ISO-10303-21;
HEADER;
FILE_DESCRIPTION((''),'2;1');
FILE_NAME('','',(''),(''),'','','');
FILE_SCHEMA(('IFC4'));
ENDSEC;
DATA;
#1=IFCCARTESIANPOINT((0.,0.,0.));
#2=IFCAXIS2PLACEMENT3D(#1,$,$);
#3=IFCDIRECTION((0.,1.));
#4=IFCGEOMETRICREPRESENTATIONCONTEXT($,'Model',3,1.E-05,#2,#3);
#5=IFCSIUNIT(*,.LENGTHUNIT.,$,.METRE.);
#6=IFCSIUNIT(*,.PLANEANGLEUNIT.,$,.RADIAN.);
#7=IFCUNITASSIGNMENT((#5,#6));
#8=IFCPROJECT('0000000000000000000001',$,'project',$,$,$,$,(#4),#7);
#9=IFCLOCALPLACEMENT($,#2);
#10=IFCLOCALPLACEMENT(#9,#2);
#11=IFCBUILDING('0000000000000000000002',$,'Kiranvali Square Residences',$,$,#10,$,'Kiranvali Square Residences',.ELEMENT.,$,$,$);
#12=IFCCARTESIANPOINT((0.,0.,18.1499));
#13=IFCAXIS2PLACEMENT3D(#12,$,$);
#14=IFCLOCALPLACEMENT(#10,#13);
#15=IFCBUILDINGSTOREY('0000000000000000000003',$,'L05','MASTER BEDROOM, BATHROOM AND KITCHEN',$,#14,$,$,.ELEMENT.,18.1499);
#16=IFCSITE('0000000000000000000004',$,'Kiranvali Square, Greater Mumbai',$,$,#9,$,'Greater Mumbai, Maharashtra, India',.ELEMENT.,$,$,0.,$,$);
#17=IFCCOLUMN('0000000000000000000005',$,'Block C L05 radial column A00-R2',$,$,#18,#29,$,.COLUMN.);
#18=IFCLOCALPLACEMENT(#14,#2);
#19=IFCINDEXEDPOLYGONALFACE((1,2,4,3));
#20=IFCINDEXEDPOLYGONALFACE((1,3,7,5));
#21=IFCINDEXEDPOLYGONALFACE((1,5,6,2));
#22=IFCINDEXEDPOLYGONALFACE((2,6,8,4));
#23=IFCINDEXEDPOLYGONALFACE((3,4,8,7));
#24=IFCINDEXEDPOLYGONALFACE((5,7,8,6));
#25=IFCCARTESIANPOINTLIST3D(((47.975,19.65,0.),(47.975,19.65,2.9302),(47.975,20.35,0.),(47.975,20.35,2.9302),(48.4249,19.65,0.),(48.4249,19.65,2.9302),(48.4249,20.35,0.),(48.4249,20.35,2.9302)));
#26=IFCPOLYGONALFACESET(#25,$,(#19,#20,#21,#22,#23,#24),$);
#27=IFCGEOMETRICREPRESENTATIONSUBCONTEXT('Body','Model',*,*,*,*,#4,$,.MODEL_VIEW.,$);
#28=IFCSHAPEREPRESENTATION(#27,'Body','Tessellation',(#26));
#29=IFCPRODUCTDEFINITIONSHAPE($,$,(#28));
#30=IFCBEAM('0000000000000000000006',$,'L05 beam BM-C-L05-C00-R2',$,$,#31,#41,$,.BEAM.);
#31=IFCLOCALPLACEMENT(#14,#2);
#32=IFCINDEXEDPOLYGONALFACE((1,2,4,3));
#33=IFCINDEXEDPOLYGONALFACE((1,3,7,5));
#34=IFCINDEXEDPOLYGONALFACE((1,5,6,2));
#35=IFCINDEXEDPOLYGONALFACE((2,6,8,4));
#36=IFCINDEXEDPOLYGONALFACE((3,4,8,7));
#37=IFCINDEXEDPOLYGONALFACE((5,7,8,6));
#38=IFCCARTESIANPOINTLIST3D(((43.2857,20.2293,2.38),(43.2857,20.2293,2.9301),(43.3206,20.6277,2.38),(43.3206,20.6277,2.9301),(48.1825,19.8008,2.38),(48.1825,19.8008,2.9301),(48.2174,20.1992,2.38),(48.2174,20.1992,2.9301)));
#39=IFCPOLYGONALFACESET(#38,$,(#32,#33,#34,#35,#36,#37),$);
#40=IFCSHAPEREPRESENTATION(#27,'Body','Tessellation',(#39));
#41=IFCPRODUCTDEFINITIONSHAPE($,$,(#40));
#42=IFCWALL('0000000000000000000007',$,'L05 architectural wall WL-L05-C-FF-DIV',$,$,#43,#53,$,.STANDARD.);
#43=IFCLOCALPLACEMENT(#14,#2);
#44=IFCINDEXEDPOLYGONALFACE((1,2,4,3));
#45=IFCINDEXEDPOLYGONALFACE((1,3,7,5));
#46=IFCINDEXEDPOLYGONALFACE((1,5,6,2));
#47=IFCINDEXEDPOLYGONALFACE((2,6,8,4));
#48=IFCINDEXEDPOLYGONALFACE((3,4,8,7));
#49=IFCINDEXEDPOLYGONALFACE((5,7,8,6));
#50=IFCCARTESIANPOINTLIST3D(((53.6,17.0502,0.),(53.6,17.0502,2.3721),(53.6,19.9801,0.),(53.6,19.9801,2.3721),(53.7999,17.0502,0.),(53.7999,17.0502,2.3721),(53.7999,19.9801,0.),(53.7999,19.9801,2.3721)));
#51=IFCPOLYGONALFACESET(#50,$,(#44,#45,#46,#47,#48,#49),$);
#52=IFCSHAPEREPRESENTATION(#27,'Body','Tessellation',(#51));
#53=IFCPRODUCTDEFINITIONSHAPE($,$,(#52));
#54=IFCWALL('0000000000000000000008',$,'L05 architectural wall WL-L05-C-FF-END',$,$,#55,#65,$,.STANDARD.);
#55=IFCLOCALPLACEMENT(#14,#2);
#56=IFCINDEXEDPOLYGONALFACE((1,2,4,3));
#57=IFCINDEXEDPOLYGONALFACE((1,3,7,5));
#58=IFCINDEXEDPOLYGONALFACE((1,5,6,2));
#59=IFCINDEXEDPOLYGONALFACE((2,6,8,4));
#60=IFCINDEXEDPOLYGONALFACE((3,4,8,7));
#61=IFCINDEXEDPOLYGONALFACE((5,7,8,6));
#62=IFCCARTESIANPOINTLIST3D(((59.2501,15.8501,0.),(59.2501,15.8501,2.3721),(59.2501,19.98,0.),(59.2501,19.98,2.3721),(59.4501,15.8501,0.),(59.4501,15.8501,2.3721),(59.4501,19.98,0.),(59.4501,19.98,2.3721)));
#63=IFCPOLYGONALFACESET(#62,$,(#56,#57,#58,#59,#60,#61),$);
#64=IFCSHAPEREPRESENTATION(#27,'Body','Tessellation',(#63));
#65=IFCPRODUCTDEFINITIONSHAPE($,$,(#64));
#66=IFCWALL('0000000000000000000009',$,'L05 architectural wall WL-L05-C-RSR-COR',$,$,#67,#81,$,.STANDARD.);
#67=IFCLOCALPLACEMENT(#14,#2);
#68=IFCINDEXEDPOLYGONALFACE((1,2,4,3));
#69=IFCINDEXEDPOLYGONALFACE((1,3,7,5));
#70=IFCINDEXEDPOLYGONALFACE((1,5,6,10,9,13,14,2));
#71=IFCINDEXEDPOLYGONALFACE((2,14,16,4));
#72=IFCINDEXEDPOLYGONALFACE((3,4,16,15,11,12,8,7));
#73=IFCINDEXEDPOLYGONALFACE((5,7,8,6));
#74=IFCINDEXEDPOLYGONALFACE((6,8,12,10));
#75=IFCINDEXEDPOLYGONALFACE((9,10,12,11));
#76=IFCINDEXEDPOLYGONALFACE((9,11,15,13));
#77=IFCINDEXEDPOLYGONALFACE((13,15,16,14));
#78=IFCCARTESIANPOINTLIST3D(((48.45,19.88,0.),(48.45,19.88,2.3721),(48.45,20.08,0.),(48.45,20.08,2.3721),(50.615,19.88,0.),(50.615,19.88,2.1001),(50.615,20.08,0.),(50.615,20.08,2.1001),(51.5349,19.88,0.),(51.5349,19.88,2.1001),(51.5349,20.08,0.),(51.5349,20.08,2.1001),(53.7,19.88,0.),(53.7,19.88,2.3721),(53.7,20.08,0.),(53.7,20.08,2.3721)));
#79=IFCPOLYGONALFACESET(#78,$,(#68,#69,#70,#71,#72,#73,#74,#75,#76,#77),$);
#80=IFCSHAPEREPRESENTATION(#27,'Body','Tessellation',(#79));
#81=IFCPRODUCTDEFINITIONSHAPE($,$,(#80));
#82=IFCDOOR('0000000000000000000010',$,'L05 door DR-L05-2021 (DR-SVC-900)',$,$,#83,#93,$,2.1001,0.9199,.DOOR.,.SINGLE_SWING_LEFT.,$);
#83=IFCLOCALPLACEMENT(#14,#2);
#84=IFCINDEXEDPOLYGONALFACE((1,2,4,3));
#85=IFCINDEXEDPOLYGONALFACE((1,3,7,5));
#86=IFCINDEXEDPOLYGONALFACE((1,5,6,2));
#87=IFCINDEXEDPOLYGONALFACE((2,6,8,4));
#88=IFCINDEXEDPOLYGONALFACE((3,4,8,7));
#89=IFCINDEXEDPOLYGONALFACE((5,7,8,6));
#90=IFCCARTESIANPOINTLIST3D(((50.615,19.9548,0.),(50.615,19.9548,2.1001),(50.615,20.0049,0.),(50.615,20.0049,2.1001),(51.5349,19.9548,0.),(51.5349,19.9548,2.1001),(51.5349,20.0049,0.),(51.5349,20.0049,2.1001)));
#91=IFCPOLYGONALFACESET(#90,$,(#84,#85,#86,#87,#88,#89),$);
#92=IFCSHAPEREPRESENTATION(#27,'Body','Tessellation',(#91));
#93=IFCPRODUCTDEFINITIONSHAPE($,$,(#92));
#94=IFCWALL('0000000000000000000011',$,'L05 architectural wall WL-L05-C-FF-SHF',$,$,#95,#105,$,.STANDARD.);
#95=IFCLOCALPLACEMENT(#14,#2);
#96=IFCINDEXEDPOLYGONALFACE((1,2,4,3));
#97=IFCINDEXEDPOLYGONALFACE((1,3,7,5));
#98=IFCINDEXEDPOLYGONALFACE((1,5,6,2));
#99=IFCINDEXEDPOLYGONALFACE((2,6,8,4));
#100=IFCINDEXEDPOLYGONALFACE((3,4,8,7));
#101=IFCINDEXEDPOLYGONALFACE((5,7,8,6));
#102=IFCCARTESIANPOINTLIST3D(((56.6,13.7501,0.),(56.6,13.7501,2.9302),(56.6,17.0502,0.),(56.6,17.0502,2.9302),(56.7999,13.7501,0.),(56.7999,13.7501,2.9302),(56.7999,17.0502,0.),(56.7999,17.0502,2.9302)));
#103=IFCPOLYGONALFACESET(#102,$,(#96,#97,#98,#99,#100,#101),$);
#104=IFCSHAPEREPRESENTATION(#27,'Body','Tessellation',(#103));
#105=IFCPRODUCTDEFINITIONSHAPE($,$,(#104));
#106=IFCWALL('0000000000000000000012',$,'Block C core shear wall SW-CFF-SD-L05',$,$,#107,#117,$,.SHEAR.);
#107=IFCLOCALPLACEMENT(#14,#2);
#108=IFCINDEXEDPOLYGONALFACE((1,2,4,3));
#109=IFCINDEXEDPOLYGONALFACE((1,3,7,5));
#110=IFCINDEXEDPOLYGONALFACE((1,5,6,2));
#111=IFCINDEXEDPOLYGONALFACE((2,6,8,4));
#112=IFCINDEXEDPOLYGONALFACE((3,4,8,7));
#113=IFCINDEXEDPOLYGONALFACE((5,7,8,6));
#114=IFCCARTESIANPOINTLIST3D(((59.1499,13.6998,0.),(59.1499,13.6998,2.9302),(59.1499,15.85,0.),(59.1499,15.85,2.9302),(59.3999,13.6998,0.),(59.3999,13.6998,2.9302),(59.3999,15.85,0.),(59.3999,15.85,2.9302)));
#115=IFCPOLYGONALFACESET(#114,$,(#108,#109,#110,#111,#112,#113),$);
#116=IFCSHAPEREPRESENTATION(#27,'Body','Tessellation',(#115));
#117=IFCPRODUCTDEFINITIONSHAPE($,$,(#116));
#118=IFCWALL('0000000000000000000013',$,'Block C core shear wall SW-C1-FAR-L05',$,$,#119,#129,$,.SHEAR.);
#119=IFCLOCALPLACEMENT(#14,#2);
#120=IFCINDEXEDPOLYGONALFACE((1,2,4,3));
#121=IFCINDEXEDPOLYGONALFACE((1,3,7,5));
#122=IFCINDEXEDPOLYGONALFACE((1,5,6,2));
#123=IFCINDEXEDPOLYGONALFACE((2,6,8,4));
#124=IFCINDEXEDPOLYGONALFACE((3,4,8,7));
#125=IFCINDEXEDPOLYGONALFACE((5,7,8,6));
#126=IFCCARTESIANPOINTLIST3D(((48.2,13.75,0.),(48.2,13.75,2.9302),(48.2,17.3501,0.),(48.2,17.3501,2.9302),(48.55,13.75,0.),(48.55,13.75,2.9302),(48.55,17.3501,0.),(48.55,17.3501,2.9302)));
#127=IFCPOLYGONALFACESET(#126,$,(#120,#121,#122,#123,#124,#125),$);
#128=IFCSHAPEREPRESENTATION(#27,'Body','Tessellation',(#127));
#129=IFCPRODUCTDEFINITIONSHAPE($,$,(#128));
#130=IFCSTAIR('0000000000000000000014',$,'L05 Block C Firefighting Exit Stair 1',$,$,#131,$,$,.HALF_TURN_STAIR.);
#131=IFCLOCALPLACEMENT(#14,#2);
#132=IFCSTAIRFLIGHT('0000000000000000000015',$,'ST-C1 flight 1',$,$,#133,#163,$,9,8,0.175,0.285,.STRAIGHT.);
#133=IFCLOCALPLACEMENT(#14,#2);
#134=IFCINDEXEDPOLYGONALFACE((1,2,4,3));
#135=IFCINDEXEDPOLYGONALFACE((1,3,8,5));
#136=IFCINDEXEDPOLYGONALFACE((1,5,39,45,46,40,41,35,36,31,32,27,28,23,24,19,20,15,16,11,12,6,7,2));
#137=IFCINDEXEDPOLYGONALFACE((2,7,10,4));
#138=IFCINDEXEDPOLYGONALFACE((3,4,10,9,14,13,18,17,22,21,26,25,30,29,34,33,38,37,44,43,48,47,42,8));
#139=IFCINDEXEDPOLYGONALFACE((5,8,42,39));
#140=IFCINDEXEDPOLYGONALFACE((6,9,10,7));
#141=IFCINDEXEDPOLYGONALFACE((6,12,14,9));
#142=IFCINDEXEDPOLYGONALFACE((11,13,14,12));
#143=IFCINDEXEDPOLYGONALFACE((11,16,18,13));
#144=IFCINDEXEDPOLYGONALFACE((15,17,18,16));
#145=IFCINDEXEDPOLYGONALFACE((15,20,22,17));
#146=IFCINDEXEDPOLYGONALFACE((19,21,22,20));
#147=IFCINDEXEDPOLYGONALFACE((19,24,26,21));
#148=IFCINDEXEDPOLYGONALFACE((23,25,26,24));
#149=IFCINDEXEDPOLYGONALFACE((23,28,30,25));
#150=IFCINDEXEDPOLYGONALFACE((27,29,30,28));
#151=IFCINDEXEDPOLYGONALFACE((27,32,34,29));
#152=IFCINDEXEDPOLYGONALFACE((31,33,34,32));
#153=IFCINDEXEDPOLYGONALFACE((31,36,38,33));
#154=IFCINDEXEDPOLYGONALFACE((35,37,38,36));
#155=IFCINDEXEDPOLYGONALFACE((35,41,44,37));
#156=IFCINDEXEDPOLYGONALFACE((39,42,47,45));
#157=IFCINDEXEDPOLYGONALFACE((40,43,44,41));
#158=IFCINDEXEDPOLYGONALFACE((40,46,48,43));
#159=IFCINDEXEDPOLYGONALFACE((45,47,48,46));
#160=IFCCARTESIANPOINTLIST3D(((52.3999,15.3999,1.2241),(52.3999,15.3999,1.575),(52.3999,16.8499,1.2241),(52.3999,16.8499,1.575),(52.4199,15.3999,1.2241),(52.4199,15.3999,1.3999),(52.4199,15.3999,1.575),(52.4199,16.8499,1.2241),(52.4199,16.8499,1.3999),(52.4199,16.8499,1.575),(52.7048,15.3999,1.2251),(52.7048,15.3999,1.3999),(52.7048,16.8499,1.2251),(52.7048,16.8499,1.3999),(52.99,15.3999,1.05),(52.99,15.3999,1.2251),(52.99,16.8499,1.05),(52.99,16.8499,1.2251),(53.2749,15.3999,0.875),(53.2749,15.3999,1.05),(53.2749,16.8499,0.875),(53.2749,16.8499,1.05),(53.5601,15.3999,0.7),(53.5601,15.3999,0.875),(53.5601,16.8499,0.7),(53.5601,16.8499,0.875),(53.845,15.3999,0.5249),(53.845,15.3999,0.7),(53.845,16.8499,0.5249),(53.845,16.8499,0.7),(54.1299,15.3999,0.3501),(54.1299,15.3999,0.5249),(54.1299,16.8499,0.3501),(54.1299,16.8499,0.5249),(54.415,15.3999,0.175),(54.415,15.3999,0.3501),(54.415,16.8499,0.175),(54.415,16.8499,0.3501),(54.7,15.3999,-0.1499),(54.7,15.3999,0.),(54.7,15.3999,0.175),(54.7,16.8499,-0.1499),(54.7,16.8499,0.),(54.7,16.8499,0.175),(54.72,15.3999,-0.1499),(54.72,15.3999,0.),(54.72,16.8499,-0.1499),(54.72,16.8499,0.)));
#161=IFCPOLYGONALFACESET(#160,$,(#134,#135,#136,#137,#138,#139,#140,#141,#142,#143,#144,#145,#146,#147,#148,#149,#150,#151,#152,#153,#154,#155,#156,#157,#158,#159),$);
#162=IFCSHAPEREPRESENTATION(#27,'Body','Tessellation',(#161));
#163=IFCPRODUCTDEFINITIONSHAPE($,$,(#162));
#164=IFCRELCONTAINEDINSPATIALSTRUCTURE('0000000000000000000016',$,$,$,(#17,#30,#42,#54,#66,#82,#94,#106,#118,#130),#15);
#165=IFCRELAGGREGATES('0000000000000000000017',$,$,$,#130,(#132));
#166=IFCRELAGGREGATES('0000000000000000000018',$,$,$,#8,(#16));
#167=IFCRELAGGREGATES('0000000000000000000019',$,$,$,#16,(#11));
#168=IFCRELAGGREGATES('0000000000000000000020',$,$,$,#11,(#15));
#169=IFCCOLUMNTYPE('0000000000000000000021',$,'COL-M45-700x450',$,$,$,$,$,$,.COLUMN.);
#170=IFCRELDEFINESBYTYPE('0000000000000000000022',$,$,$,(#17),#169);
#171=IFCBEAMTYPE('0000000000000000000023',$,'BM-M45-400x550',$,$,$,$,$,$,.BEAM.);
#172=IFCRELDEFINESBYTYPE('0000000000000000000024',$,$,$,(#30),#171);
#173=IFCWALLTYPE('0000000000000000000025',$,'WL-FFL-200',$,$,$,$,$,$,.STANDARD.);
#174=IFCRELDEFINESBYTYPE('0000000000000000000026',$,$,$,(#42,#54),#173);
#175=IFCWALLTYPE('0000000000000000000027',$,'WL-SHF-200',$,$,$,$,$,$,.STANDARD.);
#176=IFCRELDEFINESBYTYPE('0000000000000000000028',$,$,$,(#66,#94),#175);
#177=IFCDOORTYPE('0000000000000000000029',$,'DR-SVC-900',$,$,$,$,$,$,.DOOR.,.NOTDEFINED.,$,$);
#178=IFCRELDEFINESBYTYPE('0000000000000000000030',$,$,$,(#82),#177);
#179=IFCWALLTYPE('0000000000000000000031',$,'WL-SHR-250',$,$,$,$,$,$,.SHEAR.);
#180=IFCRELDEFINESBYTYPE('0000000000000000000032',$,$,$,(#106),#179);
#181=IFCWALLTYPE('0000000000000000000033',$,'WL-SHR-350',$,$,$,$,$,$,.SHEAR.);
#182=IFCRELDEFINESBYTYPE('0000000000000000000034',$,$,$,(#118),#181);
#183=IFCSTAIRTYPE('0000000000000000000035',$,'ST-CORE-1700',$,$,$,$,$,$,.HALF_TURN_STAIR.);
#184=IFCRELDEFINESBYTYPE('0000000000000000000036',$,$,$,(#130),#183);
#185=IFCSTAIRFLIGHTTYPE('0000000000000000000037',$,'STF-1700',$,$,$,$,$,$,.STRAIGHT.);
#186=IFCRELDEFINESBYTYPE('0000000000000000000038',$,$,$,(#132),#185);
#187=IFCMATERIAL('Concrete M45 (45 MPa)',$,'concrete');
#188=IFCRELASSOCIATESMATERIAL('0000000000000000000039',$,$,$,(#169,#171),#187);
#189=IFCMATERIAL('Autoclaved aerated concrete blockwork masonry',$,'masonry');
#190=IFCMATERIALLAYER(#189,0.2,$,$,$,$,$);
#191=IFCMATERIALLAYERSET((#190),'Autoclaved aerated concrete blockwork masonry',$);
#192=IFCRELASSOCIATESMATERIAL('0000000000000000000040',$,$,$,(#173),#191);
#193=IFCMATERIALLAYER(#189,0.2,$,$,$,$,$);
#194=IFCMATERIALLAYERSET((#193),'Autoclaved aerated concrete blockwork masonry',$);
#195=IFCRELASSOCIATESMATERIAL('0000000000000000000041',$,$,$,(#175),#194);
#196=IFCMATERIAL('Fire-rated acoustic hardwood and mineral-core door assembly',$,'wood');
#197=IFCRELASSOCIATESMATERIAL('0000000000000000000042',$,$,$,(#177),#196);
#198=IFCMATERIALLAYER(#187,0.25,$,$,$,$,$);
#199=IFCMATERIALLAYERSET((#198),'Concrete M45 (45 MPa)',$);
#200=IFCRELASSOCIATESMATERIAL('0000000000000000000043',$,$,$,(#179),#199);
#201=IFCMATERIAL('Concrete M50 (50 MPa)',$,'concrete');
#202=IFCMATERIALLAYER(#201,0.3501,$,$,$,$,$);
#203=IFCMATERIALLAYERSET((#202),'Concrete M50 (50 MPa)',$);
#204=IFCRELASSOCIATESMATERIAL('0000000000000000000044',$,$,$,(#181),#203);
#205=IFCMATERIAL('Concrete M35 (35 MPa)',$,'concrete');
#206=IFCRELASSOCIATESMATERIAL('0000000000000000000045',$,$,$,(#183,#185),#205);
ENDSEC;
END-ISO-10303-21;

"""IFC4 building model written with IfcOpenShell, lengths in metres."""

from ifc_helpers import new_model, si_unit, direction, frame, frame_2d, origin, origin_2d, place, context, subcontext, project, spatial, polyline, rectangle, outline, extrude, material, layer, layer_set, material_profile, profile_set, type_object, element, fill, aggregate, save


model = new_model("IFC4")

# Units and contexts
model_context = context("Model", 3, precision=1e-05, world=origin(), true_north=direction((0.0, 1.0)))
body_context = subcontext(model_context, "Body", "Model", "MODEL_VIEW")
ifc_project = project(units=[si_unit("LENGTHUNIT", "METRE"), si_unit("PLANEANGLEUNIT", "RADIAN")], contexts=[model_context])

# Site, building, storey
site_placement = place(None, origin())
site = spatial("IfcSite", under=ifc_project, at=site_placement, Name="Kiranvali Square, Greater Mumbai", LongName="Greater Mumbai, Maharashtra, India", CompositionType="ELEMENT", RefElevation=0.0)
building_placement = place(site_placement, origin())
building = spatial("IfcBuilding", under=site, at=building_placement, Name="Kiranvali Square Residences", LongName="Kiranvali Square Residences", CompositionType="ELEMENT")
storey_placement = place(building_placement, frame((0.0, 0.0, 18.1499)))
storey = spatial("IfcBuildingStorey", under=building, at=storey_placement, Name="L05", Description="MASTER BEDROOM, BATHROOM AND KITCHEN", CompositionType="ELEMENT", Elevation=18.1499)

# Column
ifc_material_1 = material(Name="Concrete M45 (45 MPa)", Category="concrete")
ifc_material_profile_1 = material_profile(ifc_material_1, rectangle(XDim=0.45, YDim=0.7, at=origin_2d()), Name="RC 700x450")
ifc_profile_set_1 = profile_set([ifc_material_profile_1], Name="Concrete M45 (45 MPa)")
column_type = type_object("IfcColumnType", Name="COL-M45-700x450", PredefinedType="COLUMN", material=ifc_profile_set_1)
column_placement = place(storey_placement, frame((48.2, 20.0, 0.0), z_axis=(0.0, 0.0, 1.0), x_axis=(1.0, 0.0, 0.0)))
element("IfcColumn", 1, at=column_placement, inside=storey, type_object=column_type, Name="Block C L05 radial column A00-R2", PredefinedType="COLUMN", context=body_context, shape_type="SweptSolid", body=[
    extrude(rectangle(XDim=0.45, YDim=0.7, at=origin_2d()), origin(), (0.0, 0.0, 1.0), 2.9302),
])

# Beam
ifc_material_profile_2 = material_profile(ifc_material_1, rectangle(XDim=0.3999, YDim=0.55, at=origin_2d()), Name="RC 400x550")
ifc_profile_set_2 = profile_set([ifc_material_profile_2], Name="Concrete M45 (45 MPa)")
beam_type = type_object("IfcBeamType", Name="BM-M45-400x550", PredefinedType="BEAM", material=ifc_profile_set_2)
beam_placement = place(storey_placement, frame((48.2, 20.0, 2.655), z_axis=(-0.996194, 0.087168, 0.0), x_axis=(-0.087168, -0.996194, 0.0)))
element("IfcBeam", 2, at=beam_placement, inside=storey, type_object=beam_type, Name="L05 beam BM-C-L05-C00-R2", PredefinedType="BEAM", context=body_context, shape_type="SweptSolid", body=[
    extrude(rectangle(XDim=0.3999, YDim=0.55, at=origin_2d()), origin(), (0.0, 0.0, 1.0), 4.9155),
])

# Shared definitions
ifc_material_2 = material(Name="Autoclaved aerated concrete blockwork masonry", Category="masonry")
ifc_layer_1 = layer(ifc_material_2, 0.2)
ifc_layer_set_1 = layer_set([ifc_layer_1], Name="Autoclaved aerated concrete blockwork masonry")
wall_type_1 = type_object("IfcWallType", Name="WL-FFL-200", PredefinedType="STANDARD", material=ifc_layer_set_1)
ifc_material_3 = material(Name="Fire-rated acoustic hardwood and mineral-core door assembly", Category="wood")

# Walls
wall_1_placement = place(storey_placement, frame((53.7, 19.98, 0.0), z_axis=(0.0, 0.0, 1.0), x_axis=(0.0, -1.0, 0.0)))
element("IfcWall", 3, at=wall_1_placement, inside=storey, type_object=wall_type_1, Name="L05 architectural wall WL-L05-C-FF-DIV", PredefinedType="STANDARD", context=body_context, shape_type="SweptSolid", body=[
    extrude(rectangle(XDim=2.9299, YDim=0.2, at=frame_2d((1.4648, 0.0))), origin(), (0.0, 0.0, 1.0), 2.3721),
])
wall_2_placement = place(storey_placement, frame((59.3501, 19.98, 0.0), z_axis=(0.0, 0.0, 1.0), x_axis=(0.0, -1.0, 0.0)))
element("IfcWall", 4, at=wall_2_placement, inside=storey, type_object=wall_type_1, Name="L05 architectural wall WL-L05-C-FF-END", PredefinedType="STANDARD", context=body_context, shape_type="SweptSolid", body=[
    extrude(rectangle(XDim=4.1299, YDim=0.2, at=frame_2d((2.0649, 0.0))), origin(), (0.0, 0.0, 1.0), 2.3721),
])

# Wall, opening, door
ifc_layer_2 = layer(ifc_material_2, 0.2)
ifc_layer_set_2 = layer_set([ifc_layer_2], Name="Autoclaved aerated concrete blockwork masonry")
wall_type_2 = type_object("IfcWallType", Name="WL-SHF-200", PredefinedType="STANDARD", material=ifc_layer_set_2)
wall_3_placement = place(storey_placement, frame((48.45, 19.98, 0.0), z_axis=(0.0, 0.0, 1.0), x_axis=(1.0, 0.0, 0.0)))
wall_3 = element("IfcWall", 5, at=wall_3_placement, inside=storey, type_object=wall_type_2, Name="L05 architectural wall WL-L05-C-RSR-COR", PredefinedType="STANDARD", context=body_context, shape_type="SweptSolid", body=[
    extrude(rectangle(XDim=5.25, YDim=0.2, at=frame_2d((2.625, 0.0))), origin(), (0.0, 0.0, 1.0), 2.3721),
])
opening_1_placement = place(wall_3_placement, frame((2.165, 0.0, 0.0)))
opening_1 = element("IfcOpeningElement", 6, at=opening_1_placement, cuts=wall_3, PredefinedType="OPENING", context=body_context, shape_type="SweptSolid", body=[
    extrude(rectangle(XDim=0.9199, YDim=2.1001, at=frame_2d((0.46, 1.05))), frame((0.0, 0.1099, 0.0), z_axis=(0.0, -1.0, 0.0), x_axis=(1.0, 0.0, 0.0)), (0.0, 0.0, 1.0), 0.22),
])
door_type_1 = type_object("IfcDoorType", Name="DR-SVC-900", OperationType="NOTDEFINED", PredefinedType="DOOR", material=ifc_material_3)
door_1_placement = place(opening_1_placement, origin())
door_1 = element("IfcDoor", 7, at=door_1_placement, inside=storey, type_object=door_type_1, Name="L05 door DR-L05-2021 (DR-SVC-900)", OperationType="SINGLE_SWING_LEFT", OverallHeight=2.1001, OverallWidth=0.9199, PredefinedType="DOOR", context=body_context, shape_type="SweptSolid", body=[
    extrude(rectangle(XDim=0.9199, YDim=2.1001, at=frame_2d((0.46, 1.05))), frame((0.0, 0.0249, 0.0), z_axis=(0.0, -1.0, 0.0), x_axis=(1.0, 0.0, 0.0)), (0.0, 0.0, 1.0), 0.05),
])
fill(opening_1, door_1)

# Walls
wall_4_placement = place(storey_placement, frame((56.7, 17.05, 0.0), z_axis=(0.0, 0.0, 1.0), x_axis=(0.0, -1.0, 0.0)))
element("IfcWall", 8, at=wall_4_placement, inside=storey, type_object=wall_type_2, Name="L05 architectural wall WL-L05-C-FF-SHF", PredefinedType="STANDARD", context=body_context, shape_type="SweptSolid", body=[
    extrude(rectangle(XDim=3.3, YDim=0.2, at=frame_2d((1.6499, 0.0))), origin(), (0.0, 0.0, 1.0), 2.9302),
])
ifc_layer_3 = layer(ifc_material_1, 0.25)
ifc_layer_set_3 = layer_set([ifc_layer_3], Name="Concrete M45 (45 MPa)")
wall_type_3 = type_object("IfcWallType", Name="WL-SHR-250", PredefinedType="SHEAR", material=ifc_layer_set_3)
wall_5_placement = place(storey_placement, frame((59.2749, 15.8501, 0.0), z_axis=(0.0, 0.0, 1.0), x_axis=(0.0, -1.0, 0.0)))
element("IfcWall", 9, at=wall_5_placement, inside=storey, type_object=wall_type_3, Name="Block C core shear wall SW-CFF-SD-L05", PredefinedType="SHEAR", context=body_context, shape_type="SweptSolid", body=[
    extrude(rectangle(XDim=2.1501, YDim=0.25, at=frame_2d((1.0752, 0.0))), origin(), (0.0, 0.0, 1.0), 2.9302),
])

# Shared definitions
ifc_material_4 = material(Name="Concrete M50 (50 MPa)", Category="concrete")
ifc_layer_4 = layer(ifc_material_4, 0.3501)
ifc_layer_set_4 = layer_set([ifc_layer_4], Name="Concrete M50 (50 MPa)")
wall_type_4 = type_object("IfcWallType", Name="WL-SHR-350", PredefinedType="SHEAR", material=ifc_layer_set_4)

# Wall
wall_6_placement = place(storey_placement, frame((48.375, 17.3501, 0.0), z_axis=(0.0, 0.0, 1.0), x_axis=(0.0, -1.0, 0.0)))
element("IfcWall", 10, at=wall_6_placement, inside=storey, type_object=wall_type_4, Name="Block C core shear wall SW-C1-FAR-L05", PredefinedType="SHEAR", context=body_context, shape_type="SweptSolid", body=[
    extrude(rectangle(XDim=3.6001, YDim=0.3501, at=frame_2d((1.8, 0.0))), origin(), (0.0, 0.0, 1.0), 2.9302),
])

# Stair, stair flight
ifc_material_5 = material(Name="Concrete M35 (35 MPa)", Category="concrete")
stair_type = type_object("IfcStairType", Name="ST-CORE-1700", PredefinedType="HALF_TURN_STAIR", material=ifc_material_5)
stair_placement = place(storey_placement, origin())
stair = element("IfcStair", 11, at=stair_placement, inside=storey, type_object=stair_type, Name="L05 Block C Firefighting Exit Stair 1", PredefinedType="HALF_TURN_STAIR")
stair_flight_type = type_object("IfcStairFlightType", Name="STF-1700", PredefinedType="STRAIGHT", material=ifc_material_5)
stair_flight_1_placement = place(storey_placement, frame((54.7, 16.125, 0.0), z_axis=(0.0, 0.0, 1.0), x_axis=(-1.0, 0.0, 0.0)))
stair_flight_1 = element("IfcStairFlight", 12, at=stair_flight_1_placement, type_object=stair_flight_type, Name="ST-C1 flight 1", NumberOfRisers=9, NumberOfTreads=8, PredefinedType="STRAIGHT", RiserHeight=0.175, TreadLength=0.285, context=body_context, shape_type="SweptSolid", body=[
    extrude(outline(polyline([(-0.02, -0.1499), (-0.02, 0.0), (0.0, 0.0), (0.0, 0.175), (0.2849, 0.175), (0.2849, 0.3501), (0.5701, 0.3501), (0.5701, 0.5249), (0.855, 0.5249), (0.855, 0.7), (1.1399, 0.7), (1.1399, 0.875), (1.425, 0.875), (1.425, 1.05), (1.71, 1.05), (1.71, 1.2251), (1.9951, 1.2251), (1.9951, 1.3999), (2.28, 1.3999), (2.28, 1.575), (2.3, 1.575), (2.3, 1.2241), (2.28, 1.2241), (0.0, -0.1499), (-0.02, -0.1499)])), frame((0.0, 0.7251, 0.0), z_axis=(0.0, -1.0, 0.0), x_axis=(1.0, 0.0, 0.0)), (0.0, 0.0, 1.0), 1.45),
])
aggregate(stair, [stair_flight_1])

save(model, "model.ifc")
